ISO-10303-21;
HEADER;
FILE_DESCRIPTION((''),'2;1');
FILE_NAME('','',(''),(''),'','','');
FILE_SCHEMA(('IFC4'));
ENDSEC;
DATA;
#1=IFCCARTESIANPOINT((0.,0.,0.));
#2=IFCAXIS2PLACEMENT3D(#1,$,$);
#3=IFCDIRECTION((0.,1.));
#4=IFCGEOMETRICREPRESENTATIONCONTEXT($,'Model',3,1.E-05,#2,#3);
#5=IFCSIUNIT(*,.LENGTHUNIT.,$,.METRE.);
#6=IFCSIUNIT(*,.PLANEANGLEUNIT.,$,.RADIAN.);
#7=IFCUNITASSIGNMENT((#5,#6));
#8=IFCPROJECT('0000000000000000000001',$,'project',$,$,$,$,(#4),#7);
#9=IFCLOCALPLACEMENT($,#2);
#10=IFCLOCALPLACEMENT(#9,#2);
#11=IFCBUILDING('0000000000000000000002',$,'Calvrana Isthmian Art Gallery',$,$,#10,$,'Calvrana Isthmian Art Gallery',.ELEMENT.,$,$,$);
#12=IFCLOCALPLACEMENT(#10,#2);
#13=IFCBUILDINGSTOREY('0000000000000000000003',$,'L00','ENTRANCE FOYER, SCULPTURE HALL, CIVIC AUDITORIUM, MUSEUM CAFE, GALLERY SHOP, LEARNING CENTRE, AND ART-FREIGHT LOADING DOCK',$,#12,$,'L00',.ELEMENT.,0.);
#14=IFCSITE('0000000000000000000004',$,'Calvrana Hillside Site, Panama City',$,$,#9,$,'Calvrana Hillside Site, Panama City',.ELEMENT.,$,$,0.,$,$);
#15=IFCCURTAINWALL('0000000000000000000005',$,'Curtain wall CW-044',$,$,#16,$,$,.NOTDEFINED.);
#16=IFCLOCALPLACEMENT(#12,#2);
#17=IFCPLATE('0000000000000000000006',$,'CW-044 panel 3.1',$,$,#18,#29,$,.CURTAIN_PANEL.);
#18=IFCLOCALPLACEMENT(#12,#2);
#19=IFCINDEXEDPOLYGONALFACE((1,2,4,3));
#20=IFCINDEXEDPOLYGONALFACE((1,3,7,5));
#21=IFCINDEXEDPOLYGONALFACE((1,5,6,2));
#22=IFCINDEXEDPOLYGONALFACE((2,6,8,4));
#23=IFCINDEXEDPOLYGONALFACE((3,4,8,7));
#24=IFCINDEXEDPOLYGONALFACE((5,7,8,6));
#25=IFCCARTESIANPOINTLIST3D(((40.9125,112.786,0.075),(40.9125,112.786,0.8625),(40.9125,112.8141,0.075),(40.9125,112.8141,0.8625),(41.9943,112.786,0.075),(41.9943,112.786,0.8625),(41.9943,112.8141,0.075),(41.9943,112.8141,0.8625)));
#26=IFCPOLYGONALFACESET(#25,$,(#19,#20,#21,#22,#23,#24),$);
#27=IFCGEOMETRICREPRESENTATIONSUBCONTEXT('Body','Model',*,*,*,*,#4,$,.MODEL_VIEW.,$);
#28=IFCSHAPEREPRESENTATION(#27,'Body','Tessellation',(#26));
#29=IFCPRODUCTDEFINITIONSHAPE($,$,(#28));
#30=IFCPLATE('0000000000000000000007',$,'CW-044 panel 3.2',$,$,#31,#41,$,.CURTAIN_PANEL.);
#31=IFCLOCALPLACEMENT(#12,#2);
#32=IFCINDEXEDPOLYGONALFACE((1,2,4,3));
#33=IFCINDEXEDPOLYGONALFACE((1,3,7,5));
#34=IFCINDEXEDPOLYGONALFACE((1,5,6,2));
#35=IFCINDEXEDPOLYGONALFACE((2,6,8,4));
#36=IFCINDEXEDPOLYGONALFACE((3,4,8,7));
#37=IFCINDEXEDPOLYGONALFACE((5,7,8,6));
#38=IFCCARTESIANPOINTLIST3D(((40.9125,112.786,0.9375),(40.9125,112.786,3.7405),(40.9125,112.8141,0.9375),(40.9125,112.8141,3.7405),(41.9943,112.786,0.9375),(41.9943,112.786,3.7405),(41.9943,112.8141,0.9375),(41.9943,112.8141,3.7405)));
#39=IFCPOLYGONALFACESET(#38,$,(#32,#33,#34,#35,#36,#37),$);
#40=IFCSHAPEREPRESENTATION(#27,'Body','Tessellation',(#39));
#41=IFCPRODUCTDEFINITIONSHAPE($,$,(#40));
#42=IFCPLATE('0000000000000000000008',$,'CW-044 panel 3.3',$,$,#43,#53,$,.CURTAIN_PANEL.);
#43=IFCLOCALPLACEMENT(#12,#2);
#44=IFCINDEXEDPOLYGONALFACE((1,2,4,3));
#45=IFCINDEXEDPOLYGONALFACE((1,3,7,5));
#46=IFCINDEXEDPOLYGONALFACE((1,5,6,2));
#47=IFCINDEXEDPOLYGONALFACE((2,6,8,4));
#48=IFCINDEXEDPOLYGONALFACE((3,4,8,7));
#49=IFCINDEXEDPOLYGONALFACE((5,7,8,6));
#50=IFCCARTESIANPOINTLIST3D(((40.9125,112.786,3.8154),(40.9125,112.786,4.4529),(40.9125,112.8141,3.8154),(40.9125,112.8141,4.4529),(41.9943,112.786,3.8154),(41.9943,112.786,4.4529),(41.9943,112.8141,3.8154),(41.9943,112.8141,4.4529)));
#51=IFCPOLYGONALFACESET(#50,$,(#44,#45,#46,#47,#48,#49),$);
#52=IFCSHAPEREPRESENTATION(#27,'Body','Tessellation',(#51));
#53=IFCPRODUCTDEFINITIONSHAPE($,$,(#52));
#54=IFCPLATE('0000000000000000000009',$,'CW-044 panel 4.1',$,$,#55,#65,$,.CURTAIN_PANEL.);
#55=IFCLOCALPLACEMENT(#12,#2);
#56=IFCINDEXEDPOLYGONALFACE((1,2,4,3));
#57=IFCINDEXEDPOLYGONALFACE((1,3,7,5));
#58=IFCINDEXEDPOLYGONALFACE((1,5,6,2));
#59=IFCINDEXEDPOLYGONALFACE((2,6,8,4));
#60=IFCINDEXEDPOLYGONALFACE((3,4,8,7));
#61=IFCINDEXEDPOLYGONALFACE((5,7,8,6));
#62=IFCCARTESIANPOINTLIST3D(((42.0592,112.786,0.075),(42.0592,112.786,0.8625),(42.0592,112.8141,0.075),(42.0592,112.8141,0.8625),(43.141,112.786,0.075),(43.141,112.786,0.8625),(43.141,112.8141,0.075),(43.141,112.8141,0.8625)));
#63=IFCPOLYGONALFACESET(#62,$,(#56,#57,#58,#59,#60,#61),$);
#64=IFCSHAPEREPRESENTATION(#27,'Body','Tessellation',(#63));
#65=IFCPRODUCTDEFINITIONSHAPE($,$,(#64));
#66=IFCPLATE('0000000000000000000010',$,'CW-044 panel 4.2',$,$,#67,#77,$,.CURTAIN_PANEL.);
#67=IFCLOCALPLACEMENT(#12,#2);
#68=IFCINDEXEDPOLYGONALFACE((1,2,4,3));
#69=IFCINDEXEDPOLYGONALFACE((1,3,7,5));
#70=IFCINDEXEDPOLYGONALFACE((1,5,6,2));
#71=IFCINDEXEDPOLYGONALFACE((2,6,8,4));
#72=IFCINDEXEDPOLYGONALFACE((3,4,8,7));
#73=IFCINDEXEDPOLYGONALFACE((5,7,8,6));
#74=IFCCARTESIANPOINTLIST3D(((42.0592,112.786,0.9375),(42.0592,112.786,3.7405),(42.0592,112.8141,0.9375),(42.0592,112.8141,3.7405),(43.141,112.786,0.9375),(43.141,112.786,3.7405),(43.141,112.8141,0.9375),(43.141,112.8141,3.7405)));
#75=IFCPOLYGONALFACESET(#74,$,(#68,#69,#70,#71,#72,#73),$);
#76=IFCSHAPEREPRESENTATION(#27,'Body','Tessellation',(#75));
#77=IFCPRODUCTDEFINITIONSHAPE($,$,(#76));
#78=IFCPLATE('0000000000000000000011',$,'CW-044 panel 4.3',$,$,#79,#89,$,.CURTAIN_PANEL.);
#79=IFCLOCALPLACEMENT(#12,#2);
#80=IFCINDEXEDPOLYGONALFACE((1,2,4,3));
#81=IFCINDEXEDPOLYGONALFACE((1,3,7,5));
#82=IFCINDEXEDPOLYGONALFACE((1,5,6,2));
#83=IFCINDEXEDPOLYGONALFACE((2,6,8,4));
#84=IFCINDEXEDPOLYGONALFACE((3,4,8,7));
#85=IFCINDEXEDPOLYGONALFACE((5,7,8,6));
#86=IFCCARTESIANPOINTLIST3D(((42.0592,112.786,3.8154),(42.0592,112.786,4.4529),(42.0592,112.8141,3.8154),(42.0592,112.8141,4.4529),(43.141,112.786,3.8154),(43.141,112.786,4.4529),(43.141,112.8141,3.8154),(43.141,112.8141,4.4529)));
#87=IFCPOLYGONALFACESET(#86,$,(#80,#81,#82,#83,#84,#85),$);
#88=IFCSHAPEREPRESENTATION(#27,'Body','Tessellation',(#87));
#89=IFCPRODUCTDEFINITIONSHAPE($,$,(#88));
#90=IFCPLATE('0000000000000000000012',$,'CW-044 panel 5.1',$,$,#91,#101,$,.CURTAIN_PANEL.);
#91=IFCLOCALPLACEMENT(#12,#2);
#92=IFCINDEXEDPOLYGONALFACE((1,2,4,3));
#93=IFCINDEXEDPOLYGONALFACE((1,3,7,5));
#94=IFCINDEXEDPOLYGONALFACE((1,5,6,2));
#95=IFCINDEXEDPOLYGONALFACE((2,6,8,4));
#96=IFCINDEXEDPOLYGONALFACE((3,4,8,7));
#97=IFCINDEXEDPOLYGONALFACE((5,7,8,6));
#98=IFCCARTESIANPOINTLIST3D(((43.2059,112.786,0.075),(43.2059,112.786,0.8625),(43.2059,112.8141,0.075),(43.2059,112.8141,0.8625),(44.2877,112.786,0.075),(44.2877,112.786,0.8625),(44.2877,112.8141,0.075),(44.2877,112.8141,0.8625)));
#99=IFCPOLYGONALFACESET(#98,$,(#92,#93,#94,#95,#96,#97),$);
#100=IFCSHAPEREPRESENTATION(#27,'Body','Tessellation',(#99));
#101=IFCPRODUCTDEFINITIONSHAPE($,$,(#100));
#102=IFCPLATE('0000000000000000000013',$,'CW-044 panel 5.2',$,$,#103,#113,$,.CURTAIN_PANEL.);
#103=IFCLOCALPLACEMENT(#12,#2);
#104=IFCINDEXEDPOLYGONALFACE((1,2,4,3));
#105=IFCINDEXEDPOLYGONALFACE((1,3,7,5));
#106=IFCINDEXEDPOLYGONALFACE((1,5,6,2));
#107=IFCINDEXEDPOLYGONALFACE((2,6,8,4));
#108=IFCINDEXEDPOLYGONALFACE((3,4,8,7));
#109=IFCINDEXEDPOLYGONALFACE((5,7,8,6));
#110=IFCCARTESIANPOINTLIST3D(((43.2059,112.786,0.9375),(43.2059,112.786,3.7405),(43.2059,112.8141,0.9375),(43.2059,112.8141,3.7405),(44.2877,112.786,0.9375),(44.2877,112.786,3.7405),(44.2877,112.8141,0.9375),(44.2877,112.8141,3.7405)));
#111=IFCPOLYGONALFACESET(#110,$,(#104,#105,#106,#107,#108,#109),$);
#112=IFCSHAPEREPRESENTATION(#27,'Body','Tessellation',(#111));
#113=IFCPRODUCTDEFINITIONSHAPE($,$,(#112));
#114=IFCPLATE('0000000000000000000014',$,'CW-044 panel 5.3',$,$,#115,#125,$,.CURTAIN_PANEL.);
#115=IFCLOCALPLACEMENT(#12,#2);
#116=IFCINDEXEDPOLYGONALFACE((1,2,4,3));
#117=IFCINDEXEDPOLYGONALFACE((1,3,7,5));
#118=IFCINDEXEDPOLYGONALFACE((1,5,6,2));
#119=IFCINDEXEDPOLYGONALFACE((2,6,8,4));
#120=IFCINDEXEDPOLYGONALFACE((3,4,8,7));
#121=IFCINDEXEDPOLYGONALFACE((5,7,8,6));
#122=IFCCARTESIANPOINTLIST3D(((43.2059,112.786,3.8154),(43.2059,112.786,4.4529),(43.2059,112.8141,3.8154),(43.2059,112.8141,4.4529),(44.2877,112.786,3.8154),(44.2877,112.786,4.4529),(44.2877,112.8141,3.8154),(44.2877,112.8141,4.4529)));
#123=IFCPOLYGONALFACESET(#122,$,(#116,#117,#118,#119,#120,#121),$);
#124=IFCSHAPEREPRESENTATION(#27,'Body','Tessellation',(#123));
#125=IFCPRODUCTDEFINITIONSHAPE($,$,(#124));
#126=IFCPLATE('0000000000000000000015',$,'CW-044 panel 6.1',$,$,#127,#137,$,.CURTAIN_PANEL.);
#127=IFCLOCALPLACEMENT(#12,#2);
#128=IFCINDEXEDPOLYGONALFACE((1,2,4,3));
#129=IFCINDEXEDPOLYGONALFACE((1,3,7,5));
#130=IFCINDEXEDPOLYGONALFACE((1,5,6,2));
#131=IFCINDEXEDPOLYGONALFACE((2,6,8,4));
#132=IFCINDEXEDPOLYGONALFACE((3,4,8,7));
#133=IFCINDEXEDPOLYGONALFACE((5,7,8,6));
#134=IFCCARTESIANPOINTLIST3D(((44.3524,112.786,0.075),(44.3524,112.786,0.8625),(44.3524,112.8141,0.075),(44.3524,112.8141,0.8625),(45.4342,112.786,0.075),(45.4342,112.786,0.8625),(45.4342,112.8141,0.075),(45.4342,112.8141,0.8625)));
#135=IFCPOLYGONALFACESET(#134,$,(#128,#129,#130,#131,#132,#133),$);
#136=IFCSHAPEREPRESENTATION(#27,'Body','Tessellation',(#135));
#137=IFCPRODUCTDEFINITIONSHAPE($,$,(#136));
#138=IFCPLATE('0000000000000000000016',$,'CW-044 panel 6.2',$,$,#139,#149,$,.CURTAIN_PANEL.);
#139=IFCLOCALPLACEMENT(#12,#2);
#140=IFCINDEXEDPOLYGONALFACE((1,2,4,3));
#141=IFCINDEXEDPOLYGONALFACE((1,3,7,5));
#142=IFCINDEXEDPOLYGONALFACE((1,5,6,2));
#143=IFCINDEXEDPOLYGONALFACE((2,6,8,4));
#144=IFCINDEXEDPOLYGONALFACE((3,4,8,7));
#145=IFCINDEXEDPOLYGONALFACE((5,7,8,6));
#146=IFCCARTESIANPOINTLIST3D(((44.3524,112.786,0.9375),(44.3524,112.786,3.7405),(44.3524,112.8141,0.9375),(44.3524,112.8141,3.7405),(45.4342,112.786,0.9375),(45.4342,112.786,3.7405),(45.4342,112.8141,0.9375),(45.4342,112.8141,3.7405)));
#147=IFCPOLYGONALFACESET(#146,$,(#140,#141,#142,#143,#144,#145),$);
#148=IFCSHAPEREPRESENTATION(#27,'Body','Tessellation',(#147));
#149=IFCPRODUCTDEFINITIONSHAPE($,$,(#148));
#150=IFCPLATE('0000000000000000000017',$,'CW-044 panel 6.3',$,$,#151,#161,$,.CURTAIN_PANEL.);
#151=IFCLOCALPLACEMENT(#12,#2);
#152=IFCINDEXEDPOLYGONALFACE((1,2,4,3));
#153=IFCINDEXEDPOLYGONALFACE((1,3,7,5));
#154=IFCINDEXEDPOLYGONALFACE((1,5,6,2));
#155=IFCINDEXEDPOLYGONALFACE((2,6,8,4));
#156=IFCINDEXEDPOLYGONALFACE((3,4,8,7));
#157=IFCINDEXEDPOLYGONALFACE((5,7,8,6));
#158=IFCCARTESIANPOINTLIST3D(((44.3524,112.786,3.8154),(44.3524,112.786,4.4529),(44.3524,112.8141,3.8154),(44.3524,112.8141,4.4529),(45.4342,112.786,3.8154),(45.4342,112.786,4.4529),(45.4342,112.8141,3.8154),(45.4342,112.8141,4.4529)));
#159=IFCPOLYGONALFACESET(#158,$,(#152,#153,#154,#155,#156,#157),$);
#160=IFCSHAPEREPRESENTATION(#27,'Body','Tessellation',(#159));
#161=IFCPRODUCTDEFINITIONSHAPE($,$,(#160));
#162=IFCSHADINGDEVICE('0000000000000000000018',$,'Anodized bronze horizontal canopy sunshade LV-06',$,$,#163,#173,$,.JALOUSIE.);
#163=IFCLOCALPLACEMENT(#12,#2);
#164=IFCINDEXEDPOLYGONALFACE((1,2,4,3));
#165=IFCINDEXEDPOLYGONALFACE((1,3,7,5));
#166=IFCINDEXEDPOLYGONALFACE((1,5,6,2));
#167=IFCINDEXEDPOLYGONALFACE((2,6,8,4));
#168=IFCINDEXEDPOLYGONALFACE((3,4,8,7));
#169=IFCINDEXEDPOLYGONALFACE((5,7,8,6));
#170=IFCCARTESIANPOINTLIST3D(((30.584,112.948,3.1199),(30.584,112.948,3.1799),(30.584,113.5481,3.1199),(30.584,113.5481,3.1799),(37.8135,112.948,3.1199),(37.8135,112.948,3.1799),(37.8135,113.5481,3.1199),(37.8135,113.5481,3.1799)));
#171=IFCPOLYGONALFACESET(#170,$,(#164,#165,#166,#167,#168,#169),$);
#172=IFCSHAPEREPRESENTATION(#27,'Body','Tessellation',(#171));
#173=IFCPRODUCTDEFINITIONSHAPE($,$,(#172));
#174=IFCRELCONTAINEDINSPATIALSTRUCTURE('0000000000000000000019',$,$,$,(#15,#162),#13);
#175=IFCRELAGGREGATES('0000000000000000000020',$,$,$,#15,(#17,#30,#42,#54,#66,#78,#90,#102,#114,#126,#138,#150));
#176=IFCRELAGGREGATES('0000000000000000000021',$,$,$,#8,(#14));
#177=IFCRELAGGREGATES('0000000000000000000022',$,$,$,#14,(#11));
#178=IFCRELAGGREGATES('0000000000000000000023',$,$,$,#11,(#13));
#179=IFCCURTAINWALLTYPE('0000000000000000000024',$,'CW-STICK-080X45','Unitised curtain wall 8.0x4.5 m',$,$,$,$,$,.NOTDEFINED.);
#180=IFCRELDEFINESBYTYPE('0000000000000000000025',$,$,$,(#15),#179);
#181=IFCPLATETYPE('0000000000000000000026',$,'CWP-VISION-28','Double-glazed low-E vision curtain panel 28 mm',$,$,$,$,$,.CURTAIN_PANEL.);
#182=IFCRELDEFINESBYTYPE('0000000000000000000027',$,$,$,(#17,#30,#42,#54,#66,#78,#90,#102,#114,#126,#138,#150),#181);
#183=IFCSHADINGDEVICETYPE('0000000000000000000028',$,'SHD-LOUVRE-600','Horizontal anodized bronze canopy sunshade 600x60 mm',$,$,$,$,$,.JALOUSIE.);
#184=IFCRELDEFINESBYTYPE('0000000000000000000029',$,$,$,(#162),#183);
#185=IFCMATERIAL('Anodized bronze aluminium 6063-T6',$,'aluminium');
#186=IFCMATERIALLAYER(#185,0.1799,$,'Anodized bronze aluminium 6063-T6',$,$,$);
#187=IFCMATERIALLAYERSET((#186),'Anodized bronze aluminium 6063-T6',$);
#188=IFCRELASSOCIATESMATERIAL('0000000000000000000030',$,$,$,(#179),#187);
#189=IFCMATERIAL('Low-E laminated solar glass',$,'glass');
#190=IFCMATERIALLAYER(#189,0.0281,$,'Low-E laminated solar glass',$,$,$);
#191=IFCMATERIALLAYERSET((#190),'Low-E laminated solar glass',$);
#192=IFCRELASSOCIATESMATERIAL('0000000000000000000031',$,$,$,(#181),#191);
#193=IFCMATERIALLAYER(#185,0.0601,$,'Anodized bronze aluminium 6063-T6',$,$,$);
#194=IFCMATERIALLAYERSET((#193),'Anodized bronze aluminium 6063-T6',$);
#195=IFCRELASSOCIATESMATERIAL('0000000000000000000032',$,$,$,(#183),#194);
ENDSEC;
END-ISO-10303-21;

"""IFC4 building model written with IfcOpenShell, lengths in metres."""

from ifc_helpers import new_model, si_unit, direction, frame, origin, origin_2d, place, context, subcontext, project, spatial, rectangle, extrude, material, layer, layer_set, type_object, element, aggregate, save


model = new_model("IFC4")

# Units and contexts
model_context = context("Model", 3, precision=1e-05, world=origin(), true_north=direction((0.0, 1.0)))
body_context = subcontext(model_context, "Body", "Model", "MODEL_VIEW")
ifc_project = project(units=[si_unit("LENGTHUNIT", "METRE"), si_unit("PLANEANGLEUNIT", "RADIAN")], contexts=[model_context])

# Site, building, storey
site_placement = place(None, origin())
site = spatial("IfcSite", under=ifc_project, at=site_placement, Name="Calvrana Hillside Site, Panama City", LongName="Calvrana Hillside Site, Panama City", CompositionType="ELEMENT", RefElevation=0.0)
building_placement = place(site_placement, origin())
building = spatial("IfcBuilding", under=site, at=building_placement, Name="Calvrana Isthmian Art Gallery", LongName="Calvrana Isthmian Art Gallery", CompositionType="ELEMENT")
storey_placement = place(building_placement, origin())
storey = spatial("IfcBuildingStorey", under=building, at=storey_placement, Name="L00", Description="ENTRANCE FOYER, SCULPTURE HALL, CIVIC AUDITORIUM, MUSEUM CAFE, GALLERY SHOP, LEARNING CENTRE, AND ART-FREIGHT LOADING DOCK", LongName="L00", CompositionType="ELEMENT", Elevation=0.0)

# Curtain wall, plates
ifc_material_1 = material(Name="Anodized bronze aluminium 6063-T6", Category="aluminium")
ifc_layer_1 = layer(ifc_material_1, 0.1799, Name="Anodized bronze aluminium 6063-T6")
ifc_layer_set_1 = layer_set([ifc_layer_1], Name="Anodized bronze aluminium 6063-T6")
curtain_wall_type = type_object("IfcCurtainWallType", Name="CW-STICK-080X45", Description="Unitised curtain wall 8.0x4.5 m", PredefinedType="NOTDEFINED", material=ifc_layer_set_1)
curtain_wall_placement = place(storey_placement, origin())
curtain_wall = element("IfcCurtainWall", 1, at=curtain_wall_placement, inside=storey, type_object=curtain_wall_type, Name="Curtain wall CW-044", PredefinedType="NOTDEFINED")
ifc_material_2 = material(Name="Low-E laminated solar glass", Category="glass")
ifc_layer_2 = layer(ifc_material_2, 0.0281, Name="Low-E laminated solar glass")
ifc_layer_set_2 = layer_set([ifc_layer_2], Name="Low-E laminated solar glass")
plate_type = type_object("IfcPlateType", Name="CWP-VISION-28", Description="Double-glazed low-E vision curtain panel 28 mm", PredefinedType="CURTAIN_PANEL", material=ifc_layer_set_2)
plate_1_placement = place(storey_placement, frame((41.4534, 112.8, 0.075), z_axis=(0.0, 0.0, 1.0), x_axis=(1.0, 0.0, 0.0)))
plate_1 = element("IfcPlate", 2, at=plate_1_placement, type_object=plate_type, Name="CW-044 panel 3.1", PredefinedType="CURTAIN_PANEL", context=body_context, shape_type="SweptSolid", body=[
    extrude(rectangle(XDim=1.0818, YDim=0.0281, at=origin_2d()), origin(), (0.0, 0.0, 1.0), 0.7876),
])
plate_2_placement = place(storey_placement, frame((41.4534, 112.8, 0.9375), z_axis=(0.0, 0.0, 1.0), x_axis=(1.0, 0.0, 0.0)))
plate_2 = element("IfcPlate", 3, at=plate_2_placement, type_object=plate_type, Name="CW-044 panel 3.2", PredefinedType="CURTAIN_PANEL", context=body_context, shape_type="SweptSolid", body=[
    extrude(rectangle(XDim=1.0818, YDim=0.0281, at=origin_2d()), origin(), (0.0, 0.0, 1.0), 2.803),
])
plate_3_placement = place(storey_placement, frame((41.4534, 112.8, 3.8154), z_axis=(0.0, 0.0, 1.0), x_axis=(1.0, 0.0, 0.0)))
plate_3 = element("IfcPlate", 4, at=plate_3_placement, type_object=plate_type, Name="CW-044 panel 3.3", PredefinedType="CURTAIN_PANEL", context=body_context, shape_type="SweptSolid", body=[
    extrude(rectangle(XDim=1.0818, YDim=0.0281, at=origin_2d()), origin(), (0.0, 0.0, 1.0), 0.6375),
])
plate_4_placement = place(storey_placement, frame((42.6001, 112.8, 0.075), z_axis=(0.0, 0.0, 1.0), x_axis=(1.0, 0.0, 0.0)))
plate_4 = element("IfcPlate", 5, at=plate_4_placement, type_object=plate_type, Name="CW-044 panel 4.1", PredefinedType="CURTAIN_PANEL", context=body_context, shape_type="SweptSolid", body=[
    extrude(rectangle(XDim=1.0818, YDim=0.0281, at=origin_2d()), origin(), (0.0, 0.0, 1.0), 0.7876),
])
plate_5_placement = place(storey_placement, frame((42.6001, 112.8, 0.9375), z_axis=(0.0, 0.0, 1.0), x_axis=(1.0, 0.0, 0.0)))
plate_5 = element("IfcPlate", 6, at=plate_5_placement, type_object=plate_type, Name="CW-044 panel 4.2", PredefinedType="CURTAIN_PANEL", context=body_context, shape_type="SweptSolid", body=[
    extrude(rectangle(XDim=1.0818, YDim=0.0281, at=origin_2d()), origin(), (0.0, 0.0, 1.0), 2.803),
])
plate_6_placement = place(storey_placement, frame((42.6001, 112.8, 3.8154), z_axis=(0.0, 0.0, 1.0), x_axis=(1.0, 0.0, 0.0)))
plate_6 = element("IfcPlate", 7, at=plate_6_placement, type_object=plate_type, Name="CW-044 panel 4.3", PredefinedType="CURTAIN_PANEL", context=body_context, shape_type="SweptSolid", body=[
    extrude(rectangle(XDim=1.0818, YDim=0.0281, at=origin_2d()), origin(), (0.0, 0.0, 1.0), 0.6375),
])
plate_7_placement = place(storey_placement, frame((43.7468, 112.8, 0.075), z_axis=(0.0, 0.0, 1.0), x_axis=(1.0, 0.0, 0.0)))
plate_7 = element("IfcPlate", 8, at=plate_7_placement, type_object=plate_type, Name="CW-044 panel 5.1", PredefinedType="CURTAIN_PANEL", context=body_context, shape_type="SweptSolid", body=[
    extrude(rectangle(XDim=1.0818, YDim=0.0281, at=origin_2d()), origin(), (0.0, 0.0, 1.0), 0.7876),
])
plate_8_placement = place(storey_placement, frame((43.7468, 112.8, 0.9375), z_axis=(0.0, 0.0, 1.0), x_axis=(1.0, 0.0, 0.0)))
plate_8 = element("IfcPlate", 9, at=plate_8_placement, type_object=plate_type, Name="CW-044 panel 5.2", PredefinedType="CURTAIN_PANEL", context=body_context, shape_type="SweptSolid", body=[
    extrude(rectangle(XDim=1.0818, YDim=0.0281, at=origin_2d()), origin(), (0.0, 0.0, 1.0), 2.803),
])
plate_9_placement = place(storey_placement, frame((43.7468, 112.8, 3.8154), z_axis=(0.0, 0.0, 1.0), x_axis=(1.0, 0.0, 0.0)))
plate_9 = element("IfcPlate", 10, at=plate_9_placement, type_object=plate_type, Name="CW-044 panel 5.3", PredefinedType="CURTAIN_PANEL", context=body_context, shape_type="SweptSolid", body=[
    extrude(rectangle(XDim=1.0818, YDim=0.0281, at=origin_2d()), origin(), (0.0, 0.0, 1.0), 0.6375),
])
plate_10_placement = place(storey_placement, frame((44.8933, 112.8, 0.075), z_axis=(0.0, 0.0, 1.0), x_axis=(1.0, 0.0, 0.0)))
plate_10 = element("IfcPlate", 11, at=plate_10_placement, type_object=plate_type, Name="CW-044 panel 6.1", PredefinedType="CURTAIN_PANEL", context=body_context, shape_type="SweptSolid", body=[
    extrude(rectangle(XDim=1.0818, YDim=0.0281, at=origin_2d()), origin(), (0.0, 0.0, 1.0), 0.7876),
])
plate_11_placement = place(storey_placement, frame((44.8933, 112.8, 0.9375), z_axis=(0.0, 0.0, 1.0), x_axis=(1.0, 0.0, 0.0)))
plate_11 = element("IfcPlate", 12, at=plate_11_placement, type_object=plate_type, Name="CW-044 panel 6.2", PredefinedType="CURTAIN_PANEL", context=body_context, shape_type="SweptSolid", body=[
    extrude(rectangle(XDim=1.0818, YDim=0.0281, at=origin_2d()), origin(), (0.0, 0.0, 1.0), 2.803),
])
plate_12_placement = place(storey_placement, frame((44.8933, 112.8, 3.8154), z_axis=(0.0, 0.0, 1.0), x_axis=(1.0, 0.0, 0.0)))
plate_12 = element("IfcPlate", 13, at=plate_12_placement, type_object=plate_type, Name="CW-044 panel 6.3", PredefinedType="CURTAIN_PANEL", context=body_context, shape_type="SweptSolid", body=[
    extrude(rectangle(XDim=1.0818, YDim=0.0281, at=origin_2d()), origin(), (0.0, 0.0, 1.0), 0.6375),
])
aggregate(curtain_wall, [plate_1, plate_2, plate_3, plate_4, plate_5, plate_6, plate_7, plate_8, plate_9, plate_10, plate_11, plate_12])

# Shading device
ifc_layer_3 = layer(ifc_material_1, 0.0601, Name="Anodized bronze aluminium 6063-T6")
ifc_layer_set_3 = layer_set([ifc_layer_3], Name="Anodized bronze aluminium 6063-T6")
shading_device_type = type_object("IfcShadingDeviceType", Name="SHD-LOUVRE-600", Description="Horizontal anodized bronze canopy sunshade 600x60 mm", PredefinedType="JALOUSIE", material=ifc_layer_set_3)
shading_device_placement = place(storey_placement, frame((34.1987, 113.248, 3.1199), z_axis=(0.0, 0.0, 1.0), x_axis=(1.0, 0.0, 0.0)))
element("IfcShadingDevice", 14, at=shading_device_placement, inside=storey, type_object=shading_device_type, Name="Anodized bronze horizontal canopy sunshade LV-06", PredefinedType="JALOUSIE", context=body_context, shape_type="SweptSolid", body=[
    extrude(rectangle(XDim=7.2295, YDim=0.6001, at=origin_2d()), origin(), (0.0, 0.0, 1.0), 0.0601),
])

save(model, "model.ifc")
